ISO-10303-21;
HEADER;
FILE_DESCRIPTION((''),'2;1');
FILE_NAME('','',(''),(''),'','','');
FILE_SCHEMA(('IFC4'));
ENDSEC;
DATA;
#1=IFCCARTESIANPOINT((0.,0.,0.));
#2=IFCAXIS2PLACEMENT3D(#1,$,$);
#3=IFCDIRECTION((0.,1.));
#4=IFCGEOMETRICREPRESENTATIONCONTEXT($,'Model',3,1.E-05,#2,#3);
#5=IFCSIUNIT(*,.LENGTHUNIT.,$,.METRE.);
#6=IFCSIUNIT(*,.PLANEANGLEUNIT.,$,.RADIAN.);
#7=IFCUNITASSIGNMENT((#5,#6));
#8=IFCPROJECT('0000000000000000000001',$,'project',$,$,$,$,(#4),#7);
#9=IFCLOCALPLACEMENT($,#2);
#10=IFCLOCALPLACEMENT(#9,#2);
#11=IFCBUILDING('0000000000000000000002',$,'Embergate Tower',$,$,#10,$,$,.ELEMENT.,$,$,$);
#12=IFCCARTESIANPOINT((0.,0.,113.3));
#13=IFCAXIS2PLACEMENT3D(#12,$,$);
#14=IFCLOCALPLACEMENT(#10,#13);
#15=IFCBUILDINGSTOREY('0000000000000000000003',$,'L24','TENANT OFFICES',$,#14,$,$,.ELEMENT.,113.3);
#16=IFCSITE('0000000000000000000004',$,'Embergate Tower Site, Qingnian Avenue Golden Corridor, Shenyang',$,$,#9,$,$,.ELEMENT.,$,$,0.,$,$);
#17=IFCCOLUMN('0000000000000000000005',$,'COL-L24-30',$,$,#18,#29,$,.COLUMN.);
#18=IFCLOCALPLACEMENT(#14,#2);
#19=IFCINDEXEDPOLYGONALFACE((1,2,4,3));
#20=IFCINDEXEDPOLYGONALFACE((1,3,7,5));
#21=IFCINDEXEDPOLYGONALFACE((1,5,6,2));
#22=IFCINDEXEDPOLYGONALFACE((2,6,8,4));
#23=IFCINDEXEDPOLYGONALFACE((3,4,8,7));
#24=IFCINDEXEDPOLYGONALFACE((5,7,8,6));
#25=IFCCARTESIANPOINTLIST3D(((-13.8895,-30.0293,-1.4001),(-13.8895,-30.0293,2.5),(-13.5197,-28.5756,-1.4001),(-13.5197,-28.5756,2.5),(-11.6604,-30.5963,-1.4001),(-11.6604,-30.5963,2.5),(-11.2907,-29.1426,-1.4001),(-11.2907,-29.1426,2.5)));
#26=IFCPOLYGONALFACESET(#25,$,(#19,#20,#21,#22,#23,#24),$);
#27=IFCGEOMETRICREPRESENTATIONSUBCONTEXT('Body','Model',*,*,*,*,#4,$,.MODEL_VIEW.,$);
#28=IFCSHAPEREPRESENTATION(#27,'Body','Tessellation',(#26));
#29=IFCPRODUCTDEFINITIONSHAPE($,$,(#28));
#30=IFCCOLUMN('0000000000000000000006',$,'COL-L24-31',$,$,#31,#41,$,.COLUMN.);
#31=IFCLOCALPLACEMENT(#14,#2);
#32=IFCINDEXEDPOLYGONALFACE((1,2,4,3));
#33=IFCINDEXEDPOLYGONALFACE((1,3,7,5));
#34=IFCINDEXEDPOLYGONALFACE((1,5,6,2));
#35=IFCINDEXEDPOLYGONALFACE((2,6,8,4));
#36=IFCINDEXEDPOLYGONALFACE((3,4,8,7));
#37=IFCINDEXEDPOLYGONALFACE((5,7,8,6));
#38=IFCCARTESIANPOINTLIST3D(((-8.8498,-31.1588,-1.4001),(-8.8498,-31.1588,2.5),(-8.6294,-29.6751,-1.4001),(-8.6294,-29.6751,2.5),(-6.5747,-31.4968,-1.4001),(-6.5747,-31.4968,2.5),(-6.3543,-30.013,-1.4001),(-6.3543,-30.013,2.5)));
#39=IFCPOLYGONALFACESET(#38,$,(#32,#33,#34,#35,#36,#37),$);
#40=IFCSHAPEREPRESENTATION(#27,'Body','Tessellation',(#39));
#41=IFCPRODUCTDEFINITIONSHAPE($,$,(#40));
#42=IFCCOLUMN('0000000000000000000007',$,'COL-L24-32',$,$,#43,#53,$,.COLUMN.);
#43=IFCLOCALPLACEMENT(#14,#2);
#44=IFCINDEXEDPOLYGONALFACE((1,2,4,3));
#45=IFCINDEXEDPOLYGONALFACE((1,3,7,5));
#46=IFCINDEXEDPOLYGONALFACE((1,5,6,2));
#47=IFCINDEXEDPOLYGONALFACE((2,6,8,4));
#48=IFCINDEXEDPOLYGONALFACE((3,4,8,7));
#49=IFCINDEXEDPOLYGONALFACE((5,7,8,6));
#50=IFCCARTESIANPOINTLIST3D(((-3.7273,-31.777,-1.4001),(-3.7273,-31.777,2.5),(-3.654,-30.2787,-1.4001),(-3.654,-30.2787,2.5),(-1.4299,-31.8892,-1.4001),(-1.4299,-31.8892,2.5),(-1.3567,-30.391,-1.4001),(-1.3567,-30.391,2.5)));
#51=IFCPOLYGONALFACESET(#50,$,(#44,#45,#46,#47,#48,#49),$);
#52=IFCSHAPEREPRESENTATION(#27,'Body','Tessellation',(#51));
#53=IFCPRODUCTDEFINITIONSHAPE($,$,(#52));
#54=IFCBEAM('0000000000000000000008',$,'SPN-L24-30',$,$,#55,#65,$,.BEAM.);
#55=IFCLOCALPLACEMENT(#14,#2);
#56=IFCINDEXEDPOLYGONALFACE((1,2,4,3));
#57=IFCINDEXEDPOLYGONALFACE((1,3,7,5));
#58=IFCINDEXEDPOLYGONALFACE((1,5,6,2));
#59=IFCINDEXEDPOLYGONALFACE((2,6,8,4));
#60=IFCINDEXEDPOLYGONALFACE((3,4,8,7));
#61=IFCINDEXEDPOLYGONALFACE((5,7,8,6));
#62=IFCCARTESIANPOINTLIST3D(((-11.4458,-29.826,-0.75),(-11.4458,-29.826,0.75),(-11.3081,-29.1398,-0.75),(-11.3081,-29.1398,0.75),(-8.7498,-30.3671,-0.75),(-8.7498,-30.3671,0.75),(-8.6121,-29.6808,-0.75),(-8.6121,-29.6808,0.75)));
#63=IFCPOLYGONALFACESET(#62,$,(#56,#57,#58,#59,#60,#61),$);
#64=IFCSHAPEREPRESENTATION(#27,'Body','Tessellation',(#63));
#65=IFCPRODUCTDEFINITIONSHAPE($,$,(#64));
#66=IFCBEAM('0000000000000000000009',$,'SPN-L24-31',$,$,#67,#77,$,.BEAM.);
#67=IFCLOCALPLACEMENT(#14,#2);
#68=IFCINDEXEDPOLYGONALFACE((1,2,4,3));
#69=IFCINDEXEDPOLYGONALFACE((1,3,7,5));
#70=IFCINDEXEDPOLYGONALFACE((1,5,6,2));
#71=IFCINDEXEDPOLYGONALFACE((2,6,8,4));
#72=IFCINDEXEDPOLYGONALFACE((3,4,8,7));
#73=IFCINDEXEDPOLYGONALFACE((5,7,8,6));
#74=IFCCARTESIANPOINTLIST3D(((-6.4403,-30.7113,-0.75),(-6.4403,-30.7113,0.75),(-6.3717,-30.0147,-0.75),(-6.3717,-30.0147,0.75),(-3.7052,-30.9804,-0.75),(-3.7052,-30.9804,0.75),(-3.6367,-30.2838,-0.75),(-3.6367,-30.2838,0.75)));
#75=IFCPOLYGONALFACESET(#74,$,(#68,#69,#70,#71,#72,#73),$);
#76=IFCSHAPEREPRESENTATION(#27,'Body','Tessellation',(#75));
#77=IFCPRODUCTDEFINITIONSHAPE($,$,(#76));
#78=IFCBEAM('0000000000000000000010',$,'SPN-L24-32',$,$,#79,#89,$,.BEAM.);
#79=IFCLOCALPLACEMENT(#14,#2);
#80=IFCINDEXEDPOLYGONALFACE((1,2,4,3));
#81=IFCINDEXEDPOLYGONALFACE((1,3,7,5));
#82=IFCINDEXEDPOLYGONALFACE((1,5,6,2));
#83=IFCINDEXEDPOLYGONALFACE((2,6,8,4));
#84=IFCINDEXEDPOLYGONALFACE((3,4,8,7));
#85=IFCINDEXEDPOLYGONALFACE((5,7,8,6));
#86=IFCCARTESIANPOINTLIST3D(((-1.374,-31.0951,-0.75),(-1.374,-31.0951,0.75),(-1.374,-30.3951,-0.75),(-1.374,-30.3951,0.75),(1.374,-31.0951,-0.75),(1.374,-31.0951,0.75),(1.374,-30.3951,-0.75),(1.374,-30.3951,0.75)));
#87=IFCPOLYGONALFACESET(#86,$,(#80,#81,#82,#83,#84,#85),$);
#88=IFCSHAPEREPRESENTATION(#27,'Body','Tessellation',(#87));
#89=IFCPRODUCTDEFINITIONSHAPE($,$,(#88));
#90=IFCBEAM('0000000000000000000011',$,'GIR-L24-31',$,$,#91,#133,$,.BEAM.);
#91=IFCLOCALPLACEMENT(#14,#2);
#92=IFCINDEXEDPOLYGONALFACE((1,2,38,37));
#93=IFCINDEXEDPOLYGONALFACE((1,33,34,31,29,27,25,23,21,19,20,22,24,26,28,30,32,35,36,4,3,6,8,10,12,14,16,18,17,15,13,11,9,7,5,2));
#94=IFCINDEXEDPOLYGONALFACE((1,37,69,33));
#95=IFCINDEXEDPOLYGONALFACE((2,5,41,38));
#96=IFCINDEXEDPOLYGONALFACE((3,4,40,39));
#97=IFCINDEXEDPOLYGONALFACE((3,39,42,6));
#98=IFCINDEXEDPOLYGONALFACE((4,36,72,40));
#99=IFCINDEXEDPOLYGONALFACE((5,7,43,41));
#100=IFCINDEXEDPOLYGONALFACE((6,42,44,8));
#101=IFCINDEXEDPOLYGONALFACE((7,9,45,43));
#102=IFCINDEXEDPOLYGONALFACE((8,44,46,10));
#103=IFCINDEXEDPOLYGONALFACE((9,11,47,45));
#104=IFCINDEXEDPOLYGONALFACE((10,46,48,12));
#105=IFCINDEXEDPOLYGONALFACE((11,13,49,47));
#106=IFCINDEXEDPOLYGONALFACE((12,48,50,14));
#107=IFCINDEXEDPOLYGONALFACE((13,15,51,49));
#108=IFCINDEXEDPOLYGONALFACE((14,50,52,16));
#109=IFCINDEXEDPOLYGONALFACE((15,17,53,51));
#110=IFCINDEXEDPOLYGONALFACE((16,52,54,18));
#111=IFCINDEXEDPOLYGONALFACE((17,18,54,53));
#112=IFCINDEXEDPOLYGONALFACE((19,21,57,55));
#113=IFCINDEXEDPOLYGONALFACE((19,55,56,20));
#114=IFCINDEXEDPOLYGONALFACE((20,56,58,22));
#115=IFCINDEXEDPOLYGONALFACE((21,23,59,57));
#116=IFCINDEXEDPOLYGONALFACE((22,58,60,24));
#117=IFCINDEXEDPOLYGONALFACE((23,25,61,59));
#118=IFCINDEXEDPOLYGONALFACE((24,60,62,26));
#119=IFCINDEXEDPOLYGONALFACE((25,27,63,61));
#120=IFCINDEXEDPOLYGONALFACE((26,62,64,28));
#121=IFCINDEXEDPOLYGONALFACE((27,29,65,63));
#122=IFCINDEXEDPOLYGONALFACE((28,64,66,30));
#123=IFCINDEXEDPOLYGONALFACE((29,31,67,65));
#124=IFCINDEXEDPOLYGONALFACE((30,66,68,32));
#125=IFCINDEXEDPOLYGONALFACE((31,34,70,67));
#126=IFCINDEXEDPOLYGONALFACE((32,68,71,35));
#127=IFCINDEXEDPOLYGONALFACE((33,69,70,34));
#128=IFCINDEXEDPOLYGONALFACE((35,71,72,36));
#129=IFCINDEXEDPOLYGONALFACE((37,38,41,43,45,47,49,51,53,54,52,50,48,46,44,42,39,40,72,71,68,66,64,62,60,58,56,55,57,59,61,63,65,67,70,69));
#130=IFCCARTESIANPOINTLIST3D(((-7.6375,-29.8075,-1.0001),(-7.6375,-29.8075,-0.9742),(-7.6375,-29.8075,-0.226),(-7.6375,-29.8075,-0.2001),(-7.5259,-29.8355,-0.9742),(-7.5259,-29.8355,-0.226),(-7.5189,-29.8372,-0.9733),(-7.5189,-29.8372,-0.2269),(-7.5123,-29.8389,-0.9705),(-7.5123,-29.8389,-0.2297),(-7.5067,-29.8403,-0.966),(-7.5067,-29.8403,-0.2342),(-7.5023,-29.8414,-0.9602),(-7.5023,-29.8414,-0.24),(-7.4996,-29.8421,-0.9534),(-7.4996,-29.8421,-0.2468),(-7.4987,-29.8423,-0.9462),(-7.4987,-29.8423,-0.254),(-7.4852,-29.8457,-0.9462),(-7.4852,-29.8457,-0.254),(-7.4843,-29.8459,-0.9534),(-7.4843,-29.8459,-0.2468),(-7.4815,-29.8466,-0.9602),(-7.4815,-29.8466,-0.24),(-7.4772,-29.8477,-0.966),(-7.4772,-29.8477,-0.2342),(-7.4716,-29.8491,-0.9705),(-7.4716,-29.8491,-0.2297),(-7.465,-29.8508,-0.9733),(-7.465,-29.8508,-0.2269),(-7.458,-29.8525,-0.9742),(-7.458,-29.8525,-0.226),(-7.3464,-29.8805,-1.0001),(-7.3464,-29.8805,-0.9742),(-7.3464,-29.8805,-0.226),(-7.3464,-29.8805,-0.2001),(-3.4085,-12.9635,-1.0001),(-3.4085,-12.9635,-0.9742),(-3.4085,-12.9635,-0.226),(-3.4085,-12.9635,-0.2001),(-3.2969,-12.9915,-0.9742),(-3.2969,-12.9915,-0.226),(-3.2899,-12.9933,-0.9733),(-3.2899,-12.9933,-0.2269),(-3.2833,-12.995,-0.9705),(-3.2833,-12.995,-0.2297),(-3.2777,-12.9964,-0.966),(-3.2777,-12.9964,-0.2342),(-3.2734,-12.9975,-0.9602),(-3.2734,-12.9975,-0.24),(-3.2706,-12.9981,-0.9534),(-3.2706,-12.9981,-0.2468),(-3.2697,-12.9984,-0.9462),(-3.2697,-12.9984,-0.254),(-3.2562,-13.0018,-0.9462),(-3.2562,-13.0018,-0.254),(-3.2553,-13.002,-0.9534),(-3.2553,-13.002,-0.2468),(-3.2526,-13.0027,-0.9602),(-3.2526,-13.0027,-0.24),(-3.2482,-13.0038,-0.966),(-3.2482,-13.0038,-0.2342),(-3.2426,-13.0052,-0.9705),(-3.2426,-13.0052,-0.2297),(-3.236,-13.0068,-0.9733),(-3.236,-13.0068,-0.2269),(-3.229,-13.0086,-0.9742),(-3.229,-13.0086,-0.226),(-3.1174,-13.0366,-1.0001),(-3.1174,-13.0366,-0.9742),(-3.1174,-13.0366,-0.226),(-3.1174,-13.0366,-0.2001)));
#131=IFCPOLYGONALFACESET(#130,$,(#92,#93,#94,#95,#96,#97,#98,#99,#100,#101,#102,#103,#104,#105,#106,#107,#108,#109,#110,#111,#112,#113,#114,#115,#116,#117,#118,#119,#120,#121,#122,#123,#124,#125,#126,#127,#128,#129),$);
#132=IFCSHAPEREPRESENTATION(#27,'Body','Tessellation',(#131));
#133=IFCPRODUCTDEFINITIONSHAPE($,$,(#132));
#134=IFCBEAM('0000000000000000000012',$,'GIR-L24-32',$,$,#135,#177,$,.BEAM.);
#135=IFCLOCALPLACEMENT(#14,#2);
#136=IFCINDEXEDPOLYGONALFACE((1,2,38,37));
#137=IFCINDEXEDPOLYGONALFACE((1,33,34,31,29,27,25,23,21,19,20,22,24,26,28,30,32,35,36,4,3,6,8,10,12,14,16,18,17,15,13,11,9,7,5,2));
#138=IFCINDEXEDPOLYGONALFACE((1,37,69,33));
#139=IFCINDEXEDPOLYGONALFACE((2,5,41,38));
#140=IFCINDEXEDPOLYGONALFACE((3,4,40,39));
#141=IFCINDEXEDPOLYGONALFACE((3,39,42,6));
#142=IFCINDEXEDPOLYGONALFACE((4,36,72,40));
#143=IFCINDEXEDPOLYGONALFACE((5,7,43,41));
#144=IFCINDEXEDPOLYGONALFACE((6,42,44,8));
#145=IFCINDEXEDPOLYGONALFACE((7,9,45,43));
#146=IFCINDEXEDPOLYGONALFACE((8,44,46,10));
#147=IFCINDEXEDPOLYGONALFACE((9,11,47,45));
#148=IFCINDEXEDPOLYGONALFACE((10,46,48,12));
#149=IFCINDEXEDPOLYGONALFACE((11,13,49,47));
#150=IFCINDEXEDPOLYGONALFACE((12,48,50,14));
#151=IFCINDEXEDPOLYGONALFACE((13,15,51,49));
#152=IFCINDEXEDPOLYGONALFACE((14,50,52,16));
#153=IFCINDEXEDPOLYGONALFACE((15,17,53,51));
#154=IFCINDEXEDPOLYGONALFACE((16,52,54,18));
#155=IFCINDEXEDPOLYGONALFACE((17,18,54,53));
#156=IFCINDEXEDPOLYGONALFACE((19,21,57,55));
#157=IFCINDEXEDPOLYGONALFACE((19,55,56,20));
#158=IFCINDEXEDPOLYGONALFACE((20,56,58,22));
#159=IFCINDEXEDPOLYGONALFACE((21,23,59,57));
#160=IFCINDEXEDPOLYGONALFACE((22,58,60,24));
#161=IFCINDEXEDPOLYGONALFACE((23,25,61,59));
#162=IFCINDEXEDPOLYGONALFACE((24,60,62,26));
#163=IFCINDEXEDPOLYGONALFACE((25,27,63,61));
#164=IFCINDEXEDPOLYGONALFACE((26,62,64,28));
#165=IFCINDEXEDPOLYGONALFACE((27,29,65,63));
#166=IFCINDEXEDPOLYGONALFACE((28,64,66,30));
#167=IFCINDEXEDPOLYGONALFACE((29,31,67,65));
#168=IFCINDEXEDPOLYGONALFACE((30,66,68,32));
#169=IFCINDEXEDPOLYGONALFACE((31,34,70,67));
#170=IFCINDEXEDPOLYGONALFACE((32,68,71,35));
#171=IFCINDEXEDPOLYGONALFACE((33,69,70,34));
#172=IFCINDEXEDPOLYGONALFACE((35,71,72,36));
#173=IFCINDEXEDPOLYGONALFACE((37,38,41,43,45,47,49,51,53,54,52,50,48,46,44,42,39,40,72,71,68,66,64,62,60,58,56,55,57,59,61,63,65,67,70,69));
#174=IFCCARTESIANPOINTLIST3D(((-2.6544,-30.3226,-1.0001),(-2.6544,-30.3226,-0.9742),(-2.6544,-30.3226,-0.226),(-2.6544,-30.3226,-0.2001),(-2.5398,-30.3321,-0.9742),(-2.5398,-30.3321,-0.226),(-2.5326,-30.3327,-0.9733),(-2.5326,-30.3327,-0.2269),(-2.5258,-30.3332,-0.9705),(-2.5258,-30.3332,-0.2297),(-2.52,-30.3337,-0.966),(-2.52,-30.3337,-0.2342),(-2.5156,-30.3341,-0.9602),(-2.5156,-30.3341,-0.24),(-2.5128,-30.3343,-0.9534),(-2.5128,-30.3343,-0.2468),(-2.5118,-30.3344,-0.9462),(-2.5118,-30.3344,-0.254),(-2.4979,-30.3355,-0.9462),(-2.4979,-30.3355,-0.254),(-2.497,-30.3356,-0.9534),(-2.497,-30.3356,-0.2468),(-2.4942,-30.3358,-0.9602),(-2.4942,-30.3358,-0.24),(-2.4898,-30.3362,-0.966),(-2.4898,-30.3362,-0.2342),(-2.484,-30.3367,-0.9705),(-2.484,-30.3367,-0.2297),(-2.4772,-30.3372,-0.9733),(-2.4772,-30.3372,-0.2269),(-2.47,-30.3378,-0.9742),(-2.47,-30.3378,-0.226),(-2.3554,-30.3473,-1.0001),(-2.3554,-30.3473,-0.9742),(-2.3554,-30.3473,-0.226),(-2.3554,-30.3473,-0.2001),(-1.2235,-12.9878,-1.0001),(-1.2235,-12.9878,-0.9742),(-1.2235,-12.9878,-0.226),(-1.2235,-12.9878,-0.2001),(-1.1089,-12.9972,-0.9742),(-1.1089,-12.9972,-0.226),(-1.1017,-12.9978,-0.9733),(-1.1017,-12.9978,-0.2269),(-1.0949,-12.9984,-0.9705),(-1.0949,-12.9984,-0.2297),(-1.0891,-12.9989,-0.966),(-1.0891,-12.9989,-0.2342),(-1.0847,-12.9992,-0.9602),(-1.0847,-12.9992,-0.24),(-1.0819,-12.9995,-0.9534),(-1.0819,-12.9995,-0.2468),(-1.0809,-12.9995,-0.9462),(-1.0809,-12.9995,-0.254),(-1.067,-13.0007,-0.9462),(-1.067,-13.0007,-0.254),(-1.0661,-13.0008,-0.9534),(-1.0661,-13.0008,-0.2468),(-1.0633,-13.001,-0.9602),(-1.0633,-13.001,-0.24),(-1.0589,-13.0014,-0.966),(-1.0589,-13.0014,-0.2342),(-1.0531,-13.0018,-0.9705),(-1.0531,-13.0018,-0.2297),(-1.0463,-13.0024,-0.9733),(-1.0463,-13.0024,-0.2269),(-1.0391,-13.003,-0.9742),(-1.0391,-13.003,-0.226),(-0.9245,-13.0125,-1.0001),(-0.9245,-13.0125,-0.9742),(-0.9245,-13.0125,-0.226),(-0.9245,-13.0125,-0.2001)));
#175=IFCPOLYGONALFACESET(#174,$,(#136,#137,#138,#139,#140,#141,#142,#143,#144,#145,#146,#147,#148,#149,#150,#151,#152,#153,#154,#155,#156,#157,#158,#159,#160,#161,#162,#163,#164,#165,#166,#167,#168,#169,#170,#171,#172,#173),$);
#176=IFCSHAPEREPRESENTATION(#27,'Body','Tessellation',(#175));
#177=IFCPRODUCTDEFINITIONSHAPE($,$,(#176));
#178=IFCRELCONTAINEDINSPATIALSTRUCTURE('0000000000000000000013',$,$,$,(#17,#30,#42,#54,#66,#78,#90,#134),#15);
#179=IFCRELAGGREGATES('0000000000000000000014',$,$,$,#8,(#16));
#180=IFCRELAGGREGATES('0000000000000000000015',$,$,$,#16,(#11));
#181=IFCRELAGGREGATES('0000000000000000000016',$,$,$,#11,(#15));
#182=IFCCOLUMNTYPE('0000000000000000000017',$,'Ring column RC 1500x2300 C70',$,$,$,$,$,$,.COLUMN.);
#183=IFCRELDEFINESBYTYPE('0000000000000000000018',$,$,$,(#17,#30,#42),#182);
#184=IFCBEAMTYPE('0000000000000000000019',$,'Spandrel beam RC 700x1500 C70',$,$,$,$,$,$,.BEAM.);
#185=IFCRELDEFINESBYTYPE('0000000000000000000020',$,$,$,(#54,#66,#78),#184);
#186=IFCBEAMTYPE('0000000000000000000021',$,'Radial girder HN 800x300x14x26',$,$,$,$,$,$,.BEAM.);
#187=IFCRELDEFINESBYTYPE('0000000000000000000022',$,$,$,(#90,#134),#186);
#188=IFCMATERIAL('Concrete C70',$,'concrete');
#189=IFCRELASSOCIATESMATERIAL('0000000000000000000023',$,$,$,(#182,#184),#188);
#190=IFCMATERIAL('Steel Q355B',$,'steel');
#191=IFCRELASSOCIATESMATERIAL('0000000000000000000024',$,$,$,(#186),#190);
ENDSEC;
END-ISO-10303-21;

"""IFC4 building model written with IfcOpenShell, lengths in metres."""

from ifc_helpers import new_model, si_unit, direction, frame, origin, origin_2d, place, context, subcontext, project, spatial, rectangle, i_section, extrude, source, transform, mapped, material, material_profile, profile_set, type_object, element, save


model = new_model("IFC4")

# Units and contexts
model_context = context("Model", 3, precision=1e-05, world=origin(), true_north=direction((0.0, 1.0)))
body_context = subcontext(model_context, "Body", "Model", "MODEL_VIEW")
ifc_project = project(units=[si_unit("LENGTHUNIT", "METRE"), si_unit("PLANEANGLEUNIT", "RADIAN")], contexts=[model_context])

# Site, building, storey
site_placement = place(None, origin())
site = spatial("IfcSite", under=ifc_project, at=site_placement, Name="Embergate Tower Site, Qingnian Avenue Golden Corridor, Shenyang", CompositionType="ELEMENT", RefElevation=0.0)
building_placement = place(site_placement, origin())
building = spatial("IfcBuilding", under=site, at=building_placement, Name="Embergate Tower", CompositionType="ELEMENT")
storey_placement = place(building_placement, frame((0.0, 0.0, 113.3)))
storey = spatial("IfcBuildingStorey", under=building, at=storey_placement, Name="L24", Description="TENANT OFFICES", CompositionType="ELEMENT", Elevation=113.3)

# Columns
ifc_material_1 = material(Name="Concrete C70", Category="concrete")
ifc_material_profile_1 = material_profile(ifc_material_1, rectangle(XDim=1.5, YDim=2.3, at=origin_2d()), Name="RC 1500x2300")
ifc_profile_set_1 = profile_set([ifc_material_profile_1], Name="Concrete C70")
column_type = type_object("IfcColumnType", Name="Ring column RC 1500x2300 C70", PredefinedType="COLUMN", material=ifc_profile_set_1)
shared_shape_1 = source(origin(), body_context, "Body", "SweptSolid", [
    extrude(rectangle(XDim=1.5, YDim=2.3, at=origin_2d()), origin(), (0.0, 0.0, 1.0), 3.9001),
])
for number, where, z_axis, x_axis, name in (
    (1, (-12.5901, -29.5859, -1.4001), (0.0, 0.0, 1.0), (-0.246509, -0.969141, 0.0), "COL-L24-30"),
    (2, (-7.6021, -30.5859, -1.4001), (0.0, 0.0, 1.0), (-0.146929, -0.989147, 0.0), "COL-L24-31"),
    (3, (-2.542, -31.084, -1.4001), (0.0, 0.0, 1.0), (-0.048815, -0.998808, 0.0), "COL-L24-32"),
):
    element("IfcColumn", number, at=place(storey_placement, frame(where, z_axis=z_axis, x_axis=x_axis)), inside=storey, type_object=column_type, Name=name, PredefinedType="COLUMN", context=body_context, shape_type="MappedRepresentation", body=[
        mapped(shared_shape_1, transform((0.0, 0.0, 0.0))),
    ])

# Beams
ifc_material_profile_2 = material_profile(ifc_material_1, rectangle(XDim=0.7, YDim=1.5, at=origin_2d()), Name="RC 700x1500")
ifc_profile_set_2 = profile_set([ifc_material_profile_2], Name="Concrete C70")
beam_type_1 = type_object("IfcBeamType", Name="Spandrel beam RC 700x1500 C70", PredefinedType="BEAM", material=ifc_profile_set_2)
shared_shape_2 = source(origin(), body_context, "Body", "SweptSolid", [
    extrude(rectangle(XDim=0.7, YDim=1.5, at=origin_2d()), origin(), (0.0, 0.0, 1.0), 2.7498),
])
beam_1_placement = place(storey_placement, frame((-11.377, -29.4829, 0.0), z_axis=(0.980454, -0.196748, 0.0), x_axis=(0.196748, 0.980454, 0.0)))
element("IfcBeam", 4, at=beam_1_placement, inside=storey, type_object=beam_type_1, Name="SPN-L24-30", PredefinedType="BEAM", context=body_context, shape_type="MappedRepresentation", body=[
    mapped(shared_shape_2, transform((0.0, 0.0, 0.0))),
])
shared_shape_3 = source(origin(), body_context, "Body", "SweptSolid", [
    extrude(rectangle(XDim=0.7, YDim=1.5, at=origin_2d()), origin(), (0.0, 0.0, 1.0), 2.7483),
])
beam_2_placement = place(storey_placement, frame((-6.406, -30.363, 0.0), z_axis=(0.995197, -0.097894, 0.0), x_axis=(0.097894, 0.995197, 0.0)))
element("IfcBeam", 5, at=beam_2_placement, inside=storey, type_object=beam_type_1, Name="SPN-L24-31", PredefinedType="BEAM", context=body_context, shape_type="MappedRepresentation", body=[
    mapped(shared_shape_3, transform((0.0, 0.0, 0.0))),
])
shared_shape_4 = source(origin(), body_context, "Body", "SweptSolid", [
    extrude(rectangle(XDim=0.7, YDim=1.5, at=origin_2d()), origin(), (0.0, 0.0, 1.0), 2.748),
])
beam_3_placement = place(storey_placement, frame((-1.374, -30.7451, 0.0), z_axis=(1.0, 0.0, 0.0), x_axis=(0.0, 1.0, 0.0)))
element("IfcBeam", 6, at=beam_3_placement, inside=storey, type_object=beam_type_1, Name="SPN-L24-32", PredefinedType="BEAM", context=body_context, shape_type="MappedRepresentation", body=[
    mapped(shared_shape_4, transform((0.0, 0.0, 0.0))),
])
ifc_material_2 = material(Name="Steel Q355B", Category="steel")
ifc_material_profile_3 = material_profile(ifc_material_2, i_section(OverallWidth=0.3, OverallDepth=0.8, WebThickness=0.0139, FlangeThickness=0.0259, FilletRadius=0.0281, at=origin_2d()), Name="HN 800x300x14x26")
ifc_profile_set_3 = profile_set([ifc_material_profile_3], Name="Steel Q355 grade B")
beam_type_2 = type_object("IfcBeamType", Name="Radial girder HN 800x300x14x26", PredefinedType="BEAM", material=ifc_profile_set_3)
shared_shape_5 = source(origin(), body_context, "Body", "SweptSolid", [
    extrude(i_section(OverallWidth=0.3, OverallDepth=0.8, WebThickness=0.0139, FlangeThickness=0.0259, FilletRadius=0.0281, at=origin_2d()), origin(), (0.0, 0.0, 1.0), 17.3667),
])
beam_4_placement = place(storey_placement, frame((-7.4919, -29.844, -0.6001), z_axis=(0.243511, 0.969898, 0.0), x_axis=(-0.969898, 0.243511, 0.0)))
element("IfcBeam", 7, at=beam_4_placement, inside=storey, type_object=beam_type_2, Name="GIR-L24-31", PredefinedType="BEAM", context=body_context, shape_type="MappedRepresentation", body=[
    mapped(shared_shape_5, transform((0.0, 0.0, 0.0))),
])
shared_shape_6 = source(origin(), body_context, "Body", "SweptSolid", [
    extrude(i_section(OverallWidth=0.3, OverallDepth=0.8, WebThickness=0.0139, FlangeThickness=0.0259, FilletRadius=0.0281, at=origin_2d()), origin(), (0.0, 0.0, 1.0), 17.3938),
])
beam_5_placement = place(storey_placement, frame((-2.5049, -30.335, -0.6001), z_axis=(0.082265, 0.996611, 0.0), x_axis=(-0.996611, 0.082265, 0.0)))
element("IfcBeam", 8, at=beam_5_placement, inside=storey, type_object=beam_type_2, Name="GIR-L24-32", PredefinedType="BEAM", context=body_context, shape_type="MappedRepresentation", body=[
    mapped(shared_shape_6, transform((0.0, 0.0, 0.0))),
])

save(model, "model.ifc")
